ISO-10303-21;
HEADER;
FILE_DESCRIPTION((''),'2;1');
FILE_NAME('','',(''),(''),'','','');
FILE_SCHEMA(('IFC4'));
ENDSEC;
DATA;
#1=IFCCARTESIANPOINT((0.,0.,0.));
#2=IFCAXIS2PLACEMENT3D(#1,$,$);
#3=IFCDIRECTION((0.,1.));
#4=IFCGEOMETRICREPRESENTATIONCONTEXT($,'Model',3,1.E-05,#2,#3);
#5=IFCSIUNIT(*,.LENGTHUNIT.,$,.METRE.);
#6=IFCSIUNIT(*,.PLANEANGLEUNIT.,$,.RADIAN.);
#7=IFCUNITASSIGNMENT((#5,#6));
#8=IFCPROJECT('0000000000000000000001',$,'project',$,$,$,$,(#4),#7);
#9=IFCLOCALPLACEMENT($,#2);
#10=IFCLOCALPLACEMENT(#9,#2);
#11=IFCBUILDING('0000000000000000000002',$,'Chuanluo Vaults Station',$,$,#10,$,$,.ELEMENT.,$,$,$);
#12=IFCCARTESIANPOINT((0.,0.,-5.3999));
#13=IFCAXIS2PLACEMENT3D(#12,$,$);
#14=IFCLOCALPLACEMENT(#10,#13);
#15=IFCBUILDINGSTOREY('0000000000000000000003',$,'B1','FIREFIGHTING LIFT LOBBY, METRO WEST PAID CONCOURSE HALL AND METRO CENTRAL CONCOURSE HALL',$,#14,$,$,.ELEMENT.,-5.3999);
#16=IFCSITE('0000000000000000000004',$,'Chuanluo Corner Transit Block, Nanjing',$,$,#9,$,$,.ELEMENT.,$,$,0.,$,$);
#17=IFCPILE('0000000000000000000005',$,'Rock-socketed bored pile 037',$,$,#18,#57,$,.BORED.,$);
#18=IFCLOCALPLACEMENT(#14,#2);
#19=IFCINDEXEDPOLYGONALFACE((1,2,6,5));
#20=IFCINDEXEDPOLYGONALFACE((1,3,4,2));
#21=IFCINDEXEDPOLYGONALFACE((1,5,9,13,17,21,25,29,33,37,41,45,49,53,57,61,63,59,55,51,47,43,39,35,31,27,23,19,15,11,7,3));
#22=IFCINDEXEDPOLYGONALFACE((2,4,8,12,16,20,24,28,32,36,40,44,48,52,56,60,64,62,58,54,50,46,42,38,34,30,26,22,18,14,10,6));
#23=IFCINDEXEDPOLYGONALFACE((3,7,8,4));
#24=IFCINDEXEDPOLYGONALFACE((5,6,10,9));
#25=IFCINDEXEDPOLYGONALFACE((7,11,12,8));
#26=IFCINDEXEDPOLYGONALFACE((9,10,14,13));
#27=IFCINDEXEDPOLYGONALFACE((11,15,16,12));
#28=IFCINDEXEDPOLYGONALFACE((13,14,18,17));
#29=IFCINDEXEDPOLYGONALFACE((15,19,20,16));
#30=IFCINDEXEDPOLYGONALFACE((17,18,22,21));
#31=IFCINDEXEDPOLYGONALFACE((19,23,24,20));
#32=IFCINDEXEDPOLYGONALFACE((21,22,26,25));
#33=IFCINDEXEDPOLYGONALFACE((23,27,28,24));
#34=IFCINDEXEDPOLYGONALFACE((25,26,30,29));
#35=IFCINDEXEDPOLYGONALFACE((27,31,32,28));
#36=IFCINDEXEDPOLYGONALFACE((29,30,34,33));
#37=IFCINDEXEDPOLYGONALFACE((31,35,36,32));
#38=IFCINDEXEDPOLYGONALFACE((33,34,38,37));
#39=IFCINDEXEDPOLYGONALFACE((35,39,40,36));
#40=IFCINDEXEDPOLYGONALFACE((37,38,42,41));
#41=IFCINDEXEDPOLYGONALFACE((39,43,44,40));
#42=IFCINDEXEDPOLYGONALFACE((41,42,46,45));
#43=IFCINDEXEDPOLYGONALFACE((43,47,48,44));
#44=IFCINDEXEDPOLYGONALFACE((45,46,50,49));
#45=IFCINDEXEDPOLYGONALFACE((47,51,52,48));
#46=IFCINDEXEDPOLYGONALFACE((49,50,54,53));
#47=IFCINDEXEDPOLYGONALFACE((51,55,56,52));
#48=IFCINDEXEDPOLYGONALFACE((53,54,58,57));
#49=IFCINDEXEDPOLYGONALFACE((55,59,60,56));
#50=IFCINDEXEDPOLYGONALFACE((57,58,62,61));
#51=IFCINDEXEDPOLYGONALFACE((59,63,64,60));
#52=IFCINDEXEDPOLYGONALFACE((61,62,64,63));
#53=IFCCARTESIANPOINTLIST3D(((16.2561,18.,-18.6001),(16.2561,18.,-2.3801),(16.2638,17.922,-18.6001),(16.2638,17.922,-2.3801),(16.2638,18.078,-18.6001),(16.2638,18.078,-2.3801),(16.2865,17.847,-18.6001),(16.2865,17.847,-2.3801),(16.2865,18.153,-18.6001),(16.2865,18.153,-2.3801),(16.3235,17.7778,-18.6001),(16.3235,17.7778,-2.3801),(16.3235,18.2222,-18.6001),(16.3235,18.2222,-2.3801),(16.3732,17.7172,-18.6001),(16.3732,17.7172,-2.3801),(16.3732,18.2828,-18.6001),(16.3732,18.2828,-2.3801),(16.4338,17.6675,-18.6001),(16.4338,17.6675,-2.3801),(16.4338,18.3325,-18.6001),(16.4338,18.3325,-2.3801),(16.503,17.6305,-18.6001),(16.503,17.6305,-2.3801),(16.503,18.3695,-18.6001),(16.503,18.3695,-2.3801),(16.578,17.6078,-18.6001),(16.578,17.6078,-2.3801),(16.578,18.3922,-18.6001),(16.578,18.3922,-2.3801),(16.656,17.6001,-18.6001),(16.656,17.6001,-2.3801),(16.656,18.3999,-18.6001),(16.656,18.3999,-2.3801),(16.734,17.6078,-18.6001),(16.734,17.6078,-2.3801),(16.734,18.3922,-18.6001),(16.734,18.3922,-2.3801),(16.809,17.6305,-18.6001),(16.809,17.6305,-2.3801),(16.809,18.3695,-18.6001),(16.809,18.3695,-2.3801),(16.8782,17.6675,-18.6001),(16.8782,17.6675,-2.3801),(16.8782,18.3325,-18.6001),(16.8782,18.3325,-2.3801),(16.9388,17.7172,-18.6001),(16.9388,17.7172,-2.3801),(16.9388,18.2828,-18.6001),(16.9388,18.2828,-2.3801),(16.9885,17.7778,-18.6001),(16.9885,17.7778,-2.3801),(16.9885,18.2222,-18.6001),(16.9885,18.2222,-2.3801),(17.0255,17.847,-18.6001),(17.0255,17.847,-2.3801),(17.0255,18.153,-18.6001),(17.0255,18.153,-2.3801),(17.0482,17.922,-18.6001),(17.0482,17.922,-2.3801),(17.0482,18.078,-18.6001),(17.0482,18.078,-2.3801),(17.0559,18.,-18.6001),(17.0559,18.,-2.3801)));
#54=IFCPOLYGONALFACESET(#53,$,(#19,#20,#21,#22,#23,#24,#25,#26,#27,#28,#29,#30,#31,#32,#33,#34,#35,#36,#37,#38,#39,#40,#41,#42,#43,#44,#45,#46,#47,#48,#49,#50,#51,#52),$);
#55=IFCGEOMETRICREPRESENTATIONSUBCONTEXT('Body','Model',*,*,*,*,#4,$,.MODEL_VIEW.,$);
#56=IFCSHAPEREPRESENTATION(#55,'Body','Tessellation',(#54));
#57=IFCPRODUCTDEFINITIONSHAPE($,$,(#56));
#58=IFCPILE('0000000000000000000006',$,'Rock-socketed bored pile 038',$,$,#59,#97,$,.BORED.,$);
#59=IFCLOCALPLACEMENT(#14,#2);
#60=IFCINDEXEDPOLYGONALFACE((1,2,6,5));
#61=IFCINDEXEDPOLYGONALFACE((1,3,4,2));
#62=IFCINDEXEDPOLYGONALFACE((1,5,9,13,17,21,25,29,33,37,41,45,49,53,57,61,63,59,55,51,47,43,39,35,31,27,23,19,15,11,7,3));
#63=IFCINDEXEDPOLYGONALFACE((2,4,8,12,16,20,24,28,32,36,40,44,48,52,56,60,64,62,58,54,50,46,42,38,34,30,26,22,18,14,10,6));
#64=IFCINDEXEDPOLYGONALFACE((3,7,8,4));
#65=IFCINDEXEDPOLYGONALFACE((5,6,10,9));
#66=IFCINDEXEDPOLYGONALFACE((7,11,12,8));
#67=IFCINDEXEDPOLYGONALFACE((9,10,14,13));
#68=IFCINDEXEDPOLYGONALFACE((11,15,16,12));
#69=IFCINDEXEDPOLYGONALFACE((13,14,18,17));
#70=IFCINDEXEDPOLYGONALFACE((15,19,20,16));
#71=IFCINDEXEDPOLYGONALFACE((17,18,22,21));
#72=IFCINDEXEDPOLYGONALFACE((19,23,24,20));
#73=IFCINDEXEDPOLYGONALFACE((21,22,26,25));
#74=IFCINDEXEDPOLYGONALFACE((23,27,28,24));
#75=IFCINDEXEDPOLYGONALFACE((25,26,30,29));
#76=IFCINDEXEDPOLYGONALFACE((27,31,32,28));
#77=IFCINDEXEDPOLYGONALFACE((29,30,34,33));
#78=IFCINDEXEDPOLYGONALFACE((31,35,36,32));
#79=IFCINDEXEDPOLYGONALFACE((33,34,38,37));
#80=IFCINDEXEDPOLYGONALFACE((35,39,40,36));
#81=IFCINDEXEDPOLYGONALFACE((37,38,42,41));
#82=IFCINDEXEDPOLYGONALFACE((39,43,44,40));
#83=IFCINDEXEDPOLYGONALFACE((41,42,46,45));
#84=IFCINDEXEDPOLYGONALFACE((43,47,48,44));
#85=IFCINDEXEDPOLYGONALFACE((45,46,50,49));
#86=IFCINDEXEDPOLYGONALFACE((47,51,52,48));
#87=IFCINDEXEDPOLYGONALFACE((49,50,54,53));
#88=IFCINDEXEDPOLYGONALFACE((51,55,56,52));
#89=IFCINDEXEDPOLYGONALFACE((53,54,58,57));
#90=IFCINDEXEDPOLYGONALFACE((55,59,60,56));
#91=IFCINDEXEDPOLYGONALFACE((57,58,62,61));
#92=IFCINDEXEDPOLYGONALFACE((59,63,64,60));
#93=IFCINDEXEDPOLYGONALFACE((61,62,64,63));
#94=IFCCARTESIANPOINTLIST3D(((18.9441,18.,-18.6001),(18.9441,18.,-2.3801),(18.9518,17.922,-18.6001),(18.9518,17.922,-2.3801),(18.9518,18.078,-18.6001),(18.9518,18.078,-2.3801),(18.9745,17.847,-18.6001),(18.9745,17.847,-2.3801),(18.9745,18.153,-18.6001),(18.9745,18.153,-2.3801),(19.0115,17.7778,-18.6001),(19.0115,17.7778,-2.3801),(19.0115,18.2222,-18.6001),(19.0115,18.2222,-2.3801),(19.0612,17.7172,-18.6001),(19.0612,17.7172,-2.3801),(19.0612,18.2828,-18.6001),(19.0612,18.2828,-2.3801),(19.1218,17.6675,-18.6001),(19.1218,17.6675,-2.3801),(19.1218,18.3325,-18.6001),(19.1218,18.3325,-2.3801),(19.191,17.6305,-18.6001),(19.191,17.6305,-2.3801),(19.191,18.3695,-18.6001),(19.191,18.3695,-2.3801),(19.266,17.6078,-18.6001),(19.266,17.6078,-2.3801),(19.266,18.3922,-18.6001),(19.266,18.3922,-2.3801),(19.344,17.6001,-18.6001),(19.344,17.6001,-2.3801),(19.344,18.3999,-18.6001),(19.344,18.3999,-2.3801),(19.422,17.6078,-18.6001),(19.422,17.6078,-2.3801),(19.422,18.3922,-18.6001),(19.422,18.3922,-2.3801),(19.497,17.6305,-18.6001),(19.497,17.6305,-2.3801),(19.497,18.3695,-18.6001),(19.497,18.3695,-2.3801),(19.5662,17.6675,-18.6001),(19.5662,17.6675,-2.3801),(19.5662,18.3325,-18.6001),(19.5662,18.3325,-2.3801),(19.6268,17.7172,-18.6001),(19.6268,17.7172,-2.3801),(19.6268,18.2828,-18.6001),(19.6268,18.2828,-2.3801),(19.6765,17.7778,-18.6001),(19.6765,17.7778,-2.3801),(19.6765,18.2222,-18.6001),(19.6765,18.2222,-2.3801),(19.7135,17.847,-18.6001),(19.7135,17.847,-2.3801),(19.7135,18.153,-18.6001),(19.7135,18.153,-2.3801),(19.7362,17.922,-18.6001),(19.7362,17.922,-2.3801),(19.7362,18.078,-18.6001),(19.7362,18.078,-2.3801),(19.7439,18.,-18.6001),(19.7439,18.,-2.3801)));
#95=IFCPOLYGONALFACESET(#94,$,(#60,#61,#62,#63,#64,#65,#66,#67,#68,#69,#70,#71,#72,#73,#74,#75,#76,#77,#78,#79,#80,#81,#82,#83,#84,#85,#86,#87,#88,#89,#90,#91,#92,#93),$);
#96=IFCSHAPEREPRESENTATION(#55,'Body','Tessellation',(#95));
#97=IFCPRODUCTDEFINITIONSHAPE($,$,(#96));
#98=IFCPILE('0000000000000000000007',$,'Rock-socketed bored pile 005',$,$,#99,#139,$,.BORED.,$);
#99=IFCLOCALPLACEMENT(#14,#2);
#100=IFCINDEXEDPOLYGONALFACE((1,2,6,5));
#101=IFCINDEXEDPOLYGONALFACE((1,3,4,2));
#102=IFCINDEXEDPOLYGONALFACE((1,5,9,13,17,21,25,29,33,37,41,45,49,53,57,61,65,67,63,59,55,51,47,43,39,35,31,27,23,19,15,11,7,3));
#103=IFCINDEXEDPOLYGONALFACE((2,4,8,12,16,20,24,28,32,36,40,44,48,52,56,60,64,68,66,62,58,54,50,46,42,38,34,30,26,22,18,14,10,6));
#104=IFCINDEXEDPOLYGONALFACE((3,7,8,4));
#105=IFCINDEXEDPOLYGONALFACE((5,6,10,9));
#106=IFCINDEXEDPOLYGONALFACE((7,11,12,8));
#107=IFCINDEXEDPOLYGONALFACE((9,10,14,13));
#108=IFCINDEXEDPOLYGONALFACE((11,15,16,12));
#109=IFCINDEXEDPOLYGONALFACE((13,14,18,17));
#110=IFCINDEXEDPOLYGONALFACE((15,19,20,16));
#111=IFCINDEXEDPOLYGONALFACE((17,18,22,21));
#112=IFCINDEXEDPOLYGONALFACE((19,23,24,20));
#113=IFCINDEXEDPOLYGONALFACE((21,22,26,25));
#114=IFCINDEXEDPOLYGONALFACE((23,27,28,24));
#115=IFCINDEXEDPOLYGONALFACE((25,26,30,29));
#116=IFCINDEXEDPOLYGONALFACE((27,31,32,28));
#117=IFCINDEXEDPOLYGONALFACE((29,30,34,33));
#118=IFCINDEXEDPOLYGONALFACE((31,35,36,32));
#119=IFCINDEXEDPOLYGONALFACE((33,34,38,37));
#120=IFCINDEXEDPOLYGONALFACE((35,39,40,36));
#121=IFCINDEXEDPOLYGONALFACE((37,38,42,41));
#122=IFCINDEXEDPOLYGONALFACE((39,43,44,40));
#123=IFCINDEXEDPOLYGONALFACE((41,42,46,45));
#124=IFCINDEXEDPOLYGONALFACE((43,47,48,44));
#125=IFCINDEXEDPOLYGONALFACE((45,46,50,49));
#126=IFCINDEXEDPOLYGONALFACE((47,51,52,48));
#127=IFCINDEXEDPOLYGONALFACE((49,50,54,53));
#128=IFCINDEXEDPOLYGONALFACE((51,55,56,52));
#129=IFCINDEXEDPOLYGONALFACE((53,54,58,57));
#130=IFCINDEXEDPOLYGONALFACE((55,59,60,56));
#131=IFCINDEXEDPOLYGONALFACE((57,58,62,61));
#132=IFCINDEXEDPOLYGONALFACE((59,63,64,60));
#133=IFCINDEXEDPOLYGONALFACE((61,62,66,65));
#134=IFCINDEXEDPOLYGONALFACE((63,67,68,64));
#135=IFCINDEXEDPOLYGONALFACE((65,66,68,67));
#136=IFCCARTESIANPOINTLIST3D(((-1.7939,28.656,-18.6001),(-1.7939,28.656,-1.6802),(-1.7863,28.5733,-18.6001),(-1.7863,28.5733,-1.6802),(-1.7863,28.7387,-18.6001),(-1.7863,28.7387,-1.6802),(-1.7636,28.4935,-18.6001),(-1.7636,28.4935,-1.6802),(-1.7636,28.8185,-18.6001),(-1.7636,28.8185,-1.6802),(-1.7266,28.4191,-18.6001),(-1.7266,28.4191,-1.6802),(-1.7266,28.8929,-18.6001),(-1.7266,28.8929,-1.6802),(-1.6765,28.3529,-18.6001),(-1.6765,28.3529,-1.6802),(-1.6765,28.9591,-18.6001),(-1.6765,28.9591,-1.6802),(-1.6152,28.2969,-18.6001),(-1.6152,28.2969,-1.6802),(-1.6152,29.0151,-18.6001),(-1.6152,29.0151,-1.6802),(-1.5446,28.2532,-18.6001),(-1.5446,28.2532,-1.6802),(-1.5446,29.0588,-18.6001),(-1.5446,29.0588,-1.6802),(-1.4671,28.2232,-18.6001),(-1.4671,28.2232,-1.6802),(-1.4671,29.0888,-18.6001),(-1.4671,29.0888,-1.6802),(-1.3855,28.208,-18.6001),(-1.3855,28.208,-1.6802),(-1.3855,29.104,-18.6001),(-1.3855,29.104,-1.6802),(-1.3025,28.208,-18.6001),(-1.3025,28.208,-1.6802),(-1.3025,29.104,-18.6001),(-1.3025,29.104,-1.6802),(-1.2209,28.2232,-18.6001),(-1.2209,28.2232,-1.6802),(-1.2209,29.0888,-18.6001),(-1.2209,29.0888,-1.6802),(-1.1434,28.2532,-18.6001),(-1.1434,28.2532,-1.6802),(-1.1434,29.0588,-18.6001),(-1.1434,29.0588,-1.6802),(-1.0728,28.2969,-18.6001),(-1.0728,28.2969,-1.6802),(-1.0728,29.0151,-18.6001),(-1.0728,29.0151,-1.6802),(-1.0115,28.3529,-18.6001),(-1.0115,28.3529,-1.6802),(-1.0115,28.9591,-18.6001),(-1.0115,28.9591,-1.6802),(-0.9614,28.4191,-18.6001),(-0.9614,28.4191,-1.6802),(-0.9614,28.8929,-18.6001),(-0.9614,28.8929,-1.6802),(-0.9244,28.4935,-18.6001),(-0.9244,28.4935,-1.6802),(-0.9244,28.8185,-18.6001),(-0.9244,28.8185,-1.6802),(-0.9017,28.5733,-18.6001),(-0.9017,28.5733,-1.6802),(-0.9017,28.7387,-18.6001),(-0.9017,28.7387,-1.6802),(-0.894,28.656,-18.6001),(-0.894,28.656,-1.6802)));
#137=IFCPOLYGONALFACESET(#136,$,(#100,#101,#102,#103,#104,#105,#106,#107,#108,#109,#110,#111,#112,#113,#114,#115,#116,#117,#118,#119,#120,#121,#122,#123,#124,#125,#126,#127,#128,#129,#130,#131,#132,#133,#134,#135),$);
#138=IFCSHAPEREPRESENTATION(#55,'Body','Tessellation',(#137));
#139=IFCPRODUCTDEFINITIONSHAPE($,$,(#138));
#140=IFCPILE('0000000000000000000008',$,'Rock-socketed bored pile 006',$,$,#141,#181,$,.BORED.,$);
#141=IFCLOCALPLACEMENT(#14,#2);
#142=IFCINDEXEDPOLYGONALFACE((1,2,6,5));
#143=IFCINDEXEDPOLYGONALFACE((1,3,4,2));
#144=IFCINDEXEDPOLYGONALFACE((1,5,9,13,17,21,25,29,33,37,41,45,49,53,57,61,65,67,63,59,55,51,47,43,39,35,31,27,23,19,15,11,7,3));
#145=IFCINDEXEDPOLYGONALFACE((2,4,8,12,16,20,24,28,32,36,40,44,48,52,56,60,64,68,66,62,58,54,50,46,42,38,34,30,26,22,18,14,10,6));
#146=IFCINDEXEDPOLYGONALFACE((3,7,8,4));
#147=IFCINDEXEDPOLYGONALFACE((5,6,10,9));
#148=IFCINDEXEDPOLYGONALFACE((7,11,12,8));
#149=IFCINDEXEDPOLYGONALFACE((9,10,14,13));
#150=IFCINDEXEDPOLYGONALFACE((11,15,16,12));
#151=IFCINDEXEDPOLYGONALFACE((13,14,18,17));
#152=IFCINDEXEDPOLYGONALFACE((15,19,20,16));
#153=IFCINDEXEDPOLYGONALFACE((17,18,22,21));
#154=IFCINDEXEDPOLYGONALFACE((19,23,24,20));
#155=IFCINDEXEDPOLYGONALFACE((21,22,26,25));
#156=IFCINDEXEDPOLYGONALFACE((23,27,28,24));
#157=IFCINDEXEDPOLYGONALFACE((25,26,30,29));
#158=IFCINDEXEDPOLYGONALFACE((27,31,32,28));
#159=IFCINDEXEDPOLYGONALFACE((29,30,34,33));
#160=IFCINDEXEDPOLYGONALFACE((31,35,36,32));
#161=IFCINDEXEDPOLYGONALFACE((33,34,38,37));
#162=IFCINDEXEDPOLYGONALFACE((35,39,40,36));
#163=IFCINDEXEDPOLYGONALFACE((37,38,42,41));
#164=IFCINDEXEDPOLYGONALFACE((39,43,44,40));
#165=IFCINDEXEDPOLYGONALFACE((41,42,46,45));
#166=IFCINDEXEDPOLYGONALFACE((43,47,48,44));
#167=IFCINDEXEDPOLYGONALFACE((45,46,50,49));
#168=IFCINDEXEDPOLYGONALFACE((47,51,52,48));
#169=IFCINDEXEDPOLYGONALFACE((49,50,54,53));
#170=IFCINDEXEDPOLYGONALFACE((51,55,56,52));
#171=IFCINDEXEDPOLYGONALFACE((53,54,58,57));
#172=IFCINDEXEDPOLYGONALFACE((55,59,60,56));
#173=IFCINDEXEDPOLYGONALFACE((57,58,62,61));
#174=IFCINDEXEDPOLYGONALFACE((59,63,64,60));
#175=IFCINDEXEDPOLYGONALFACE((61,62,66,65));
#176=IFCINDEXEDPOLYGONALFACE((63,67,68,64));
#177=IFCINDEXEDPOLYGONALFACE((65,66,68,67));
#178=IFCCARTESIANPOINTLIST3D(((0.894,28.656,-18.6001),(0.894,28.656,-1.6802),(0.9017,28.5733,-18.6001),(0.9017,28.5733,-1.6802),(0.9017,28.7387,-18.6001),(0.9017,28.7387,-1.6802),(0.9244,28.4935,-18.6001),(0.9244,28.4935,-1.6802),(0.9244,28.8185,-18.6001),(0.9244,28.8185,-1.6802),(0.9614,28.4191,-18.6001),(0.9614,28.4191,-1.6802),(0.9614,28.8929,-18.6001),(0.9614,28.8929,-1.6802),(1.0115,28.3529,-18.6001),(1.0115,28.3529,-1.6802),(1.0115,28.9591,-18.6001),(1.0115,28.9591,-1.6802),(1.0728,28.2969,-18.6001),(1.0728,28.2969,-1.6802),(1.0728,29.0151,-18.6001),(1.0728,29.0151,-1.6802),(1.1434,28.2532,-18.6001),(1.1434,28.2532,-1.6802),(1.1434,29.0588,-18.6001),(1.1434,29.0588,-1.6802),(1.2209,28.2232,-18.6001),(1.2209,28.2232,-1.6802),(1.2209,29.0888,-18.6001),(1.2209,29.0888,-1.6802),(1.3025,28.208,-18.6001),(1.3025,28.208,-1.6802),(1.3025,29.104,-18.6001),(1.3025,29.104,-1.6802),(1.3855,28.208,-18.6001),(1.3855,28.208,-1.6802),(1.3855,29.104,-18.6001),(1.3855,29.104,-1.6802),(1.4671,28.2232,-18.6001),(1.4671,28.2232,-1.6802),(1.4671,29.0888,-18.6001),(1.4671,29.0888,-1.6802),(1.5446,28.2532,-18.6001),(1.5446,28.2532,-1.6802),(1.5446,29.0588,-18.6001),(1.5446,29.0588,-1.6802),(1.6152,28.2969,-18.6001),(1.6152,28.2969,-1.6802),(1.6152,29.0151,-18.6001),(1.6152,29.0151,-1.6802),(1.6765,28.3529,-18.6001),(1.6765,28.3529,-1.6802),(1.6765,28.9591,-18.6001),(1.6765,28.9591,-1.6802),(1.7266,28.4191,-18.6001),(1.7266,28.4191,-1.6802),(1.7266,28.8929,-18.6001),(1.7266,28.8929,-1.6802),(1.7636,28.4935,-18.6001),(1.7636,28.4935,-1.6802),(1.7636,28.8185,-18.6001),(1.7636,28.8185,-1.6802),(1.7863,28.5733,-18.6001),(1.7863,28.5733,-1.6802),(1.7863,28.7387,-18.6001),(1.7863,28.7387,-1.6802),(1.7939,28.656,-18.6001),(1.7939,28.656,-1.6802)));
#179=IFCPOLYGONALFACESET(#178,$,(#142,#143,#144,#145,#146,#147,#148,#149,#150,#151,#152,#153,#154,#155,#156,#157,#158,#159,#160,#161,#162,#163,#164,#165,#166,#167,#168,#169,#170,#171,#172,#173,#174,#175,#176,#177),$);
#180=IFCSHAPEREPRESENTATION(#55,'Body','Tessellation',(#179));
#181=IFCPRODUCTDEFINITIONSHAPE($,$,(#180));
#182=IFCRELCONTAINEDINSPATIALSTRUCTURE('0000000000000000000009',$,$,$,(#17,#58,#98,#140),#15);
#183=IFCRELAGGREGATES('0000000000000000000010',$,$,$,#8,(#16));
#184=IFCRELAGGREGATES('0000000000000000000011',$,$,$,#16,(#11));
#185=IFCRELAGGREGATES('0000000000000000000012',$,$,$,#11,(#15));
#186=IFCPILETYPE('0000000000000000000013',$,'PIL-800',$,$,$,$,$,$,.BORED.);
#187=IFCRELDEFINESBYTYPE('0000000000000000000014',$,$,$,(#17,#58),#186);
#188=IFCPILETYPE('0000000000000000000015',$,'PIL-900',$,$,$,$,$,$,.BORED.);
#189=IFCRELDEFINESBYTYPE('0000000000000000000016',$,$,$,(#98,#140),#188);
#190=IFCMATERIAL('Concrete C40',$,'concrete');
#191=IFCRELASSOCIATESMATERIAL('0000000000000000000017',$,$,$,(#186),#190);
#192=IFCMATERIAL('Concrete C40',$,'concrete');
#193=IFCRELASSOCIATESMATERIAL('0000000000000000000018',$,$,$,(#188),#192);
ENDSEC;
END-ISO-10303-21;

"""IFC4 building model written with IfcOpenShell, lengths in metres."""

from ifc_helpers import new_model, si_unit, direction, frame, origin, origin_2d, place, context, subcontext, project, spatial, circle, extrude, material, material_profile, profile_set, type_object, element, save


model = new_model("IFC4")

# Units and contexts
model_context = context("Model", 3, precision=1e-05, world=origin(), true_north=direction((0.0, 1.0)))
body_context = subcontext(model_context, "Body", "Model", "MODEL_VIEW")
ifc_project = project(units=[si_unit("LENGTHUNIT", "METRE"), si_unit("PLANEANGLEUNIT", "RADIAN")], contexts=[model_context])

# Site, building, storey
site_placement = place(None, origin())
site = spatial("IfcSite", under=ifc_project, at=site_placement, Name="Chuanluo Corner Transit Block, Nanjing", CompositionType="ELEMENT", RefElevation=0.0)
building_placement = place(site_placement, origin())
building = spatial("IfcBuilding", under=site, at=building_placement, Name="Chuanluo Vaults Station", CompositionType="ELEMENT")
storey_placement = place(building_placement, frame((0.0, 0.0, -5.3999)))
storey = spatial("IfcBuildingStorey", under=building, at=storey_placement, Name="B1", Description="FIREFIGHTING LIFT LOBBY, METRO WEST PAID CONCOURSE HALL AND METRO CENTRAL CONCOURSE HALL", CompositionType="ELEMENT", Elevation=-5.3999)

# Piles
ifc_material_1 = material(Name="Concrete C40", Category="concrete")
ifc_material_profile_1 = material_profile(ifc_material_1, circle(Radius=0.3999, at=origin_2d()))
ifc_profile_set_1 = profile_set([ifc_material_profile_1], Name="Concrete C40")
pile_type_1 = type_object("IfcPileType", Name="PIL-800", PredefinedType="BORED", material=ifc_profile_set_1)
for number, where, z_axis, x_axis, name in (
    (1, (16.656, 18.0, -2.3801), (0.0, 0.0, -1.0), (1.0, 0.0, 0.0), "Rock-socketed bored pile 037"),
    (2, (19.344, 18.0, -2.3801), (0.0, 0.0, -1.0), (1.0, 0.0, 0.0), "Rock-socketed bored pile 038"),
):
    element("IfcPile", number, at=place(storey_placement, frame(where, z_axis=z_axis, x_axis=x_axis)), inside=storey, type_object=pile_type_1, Name=name, PredefinedType="BORED", context=body_context, shape_type="SweptSolid", body=[
        extrude(circle(Radius=0.3999, at=origin_2d()), origin(), (0.0, 0.0, 1.0), 16.22),
    ])
ifc_material_2 = material(Name="Concrete C40", Category="concrete")
ifc_material_profile_2 = material_profile(ifc_material_2, circle(Radius=0.45, at=origin_2d()))
ifc_profile_set_2 = profile_set([ifc_material_profile_2], Name="Concrete C40")
pile_type_2 = type_object("IfcPileType", Name="PIL-900", PredefinedType="BORED", material=ifc_profile_set_2)
for number, where, z_axis, x_axis, name in (
    (3, (-1.344, 28.656, -1.6802), (0.0, 0.0, -1.0), (1.0, 0.0, 0.0), "Rock-socketed bored pile 005"),
    (4, (1.344, 28.656, -1.6802), (0.0, 0.0, -1.0), (1.0, 0.0, 0.0), "Rock-socketed bored pile 006"),
):
    element("IfcPile", number, at=place(storey_placement, frame(where, z_axis=z_axis, x_axis=x_axis)), inside=storey, type_object=pile_type_2, Name=name, PredefinedType="BORED", context=body_context, shape_type="SweptSolid", body=[
        extrude(circle(Radius=0.45, at=origin_2d()), origin(), (0.0, 0.0, 1.0), 16.9199),
    ])

save(model, "model.ifc")
